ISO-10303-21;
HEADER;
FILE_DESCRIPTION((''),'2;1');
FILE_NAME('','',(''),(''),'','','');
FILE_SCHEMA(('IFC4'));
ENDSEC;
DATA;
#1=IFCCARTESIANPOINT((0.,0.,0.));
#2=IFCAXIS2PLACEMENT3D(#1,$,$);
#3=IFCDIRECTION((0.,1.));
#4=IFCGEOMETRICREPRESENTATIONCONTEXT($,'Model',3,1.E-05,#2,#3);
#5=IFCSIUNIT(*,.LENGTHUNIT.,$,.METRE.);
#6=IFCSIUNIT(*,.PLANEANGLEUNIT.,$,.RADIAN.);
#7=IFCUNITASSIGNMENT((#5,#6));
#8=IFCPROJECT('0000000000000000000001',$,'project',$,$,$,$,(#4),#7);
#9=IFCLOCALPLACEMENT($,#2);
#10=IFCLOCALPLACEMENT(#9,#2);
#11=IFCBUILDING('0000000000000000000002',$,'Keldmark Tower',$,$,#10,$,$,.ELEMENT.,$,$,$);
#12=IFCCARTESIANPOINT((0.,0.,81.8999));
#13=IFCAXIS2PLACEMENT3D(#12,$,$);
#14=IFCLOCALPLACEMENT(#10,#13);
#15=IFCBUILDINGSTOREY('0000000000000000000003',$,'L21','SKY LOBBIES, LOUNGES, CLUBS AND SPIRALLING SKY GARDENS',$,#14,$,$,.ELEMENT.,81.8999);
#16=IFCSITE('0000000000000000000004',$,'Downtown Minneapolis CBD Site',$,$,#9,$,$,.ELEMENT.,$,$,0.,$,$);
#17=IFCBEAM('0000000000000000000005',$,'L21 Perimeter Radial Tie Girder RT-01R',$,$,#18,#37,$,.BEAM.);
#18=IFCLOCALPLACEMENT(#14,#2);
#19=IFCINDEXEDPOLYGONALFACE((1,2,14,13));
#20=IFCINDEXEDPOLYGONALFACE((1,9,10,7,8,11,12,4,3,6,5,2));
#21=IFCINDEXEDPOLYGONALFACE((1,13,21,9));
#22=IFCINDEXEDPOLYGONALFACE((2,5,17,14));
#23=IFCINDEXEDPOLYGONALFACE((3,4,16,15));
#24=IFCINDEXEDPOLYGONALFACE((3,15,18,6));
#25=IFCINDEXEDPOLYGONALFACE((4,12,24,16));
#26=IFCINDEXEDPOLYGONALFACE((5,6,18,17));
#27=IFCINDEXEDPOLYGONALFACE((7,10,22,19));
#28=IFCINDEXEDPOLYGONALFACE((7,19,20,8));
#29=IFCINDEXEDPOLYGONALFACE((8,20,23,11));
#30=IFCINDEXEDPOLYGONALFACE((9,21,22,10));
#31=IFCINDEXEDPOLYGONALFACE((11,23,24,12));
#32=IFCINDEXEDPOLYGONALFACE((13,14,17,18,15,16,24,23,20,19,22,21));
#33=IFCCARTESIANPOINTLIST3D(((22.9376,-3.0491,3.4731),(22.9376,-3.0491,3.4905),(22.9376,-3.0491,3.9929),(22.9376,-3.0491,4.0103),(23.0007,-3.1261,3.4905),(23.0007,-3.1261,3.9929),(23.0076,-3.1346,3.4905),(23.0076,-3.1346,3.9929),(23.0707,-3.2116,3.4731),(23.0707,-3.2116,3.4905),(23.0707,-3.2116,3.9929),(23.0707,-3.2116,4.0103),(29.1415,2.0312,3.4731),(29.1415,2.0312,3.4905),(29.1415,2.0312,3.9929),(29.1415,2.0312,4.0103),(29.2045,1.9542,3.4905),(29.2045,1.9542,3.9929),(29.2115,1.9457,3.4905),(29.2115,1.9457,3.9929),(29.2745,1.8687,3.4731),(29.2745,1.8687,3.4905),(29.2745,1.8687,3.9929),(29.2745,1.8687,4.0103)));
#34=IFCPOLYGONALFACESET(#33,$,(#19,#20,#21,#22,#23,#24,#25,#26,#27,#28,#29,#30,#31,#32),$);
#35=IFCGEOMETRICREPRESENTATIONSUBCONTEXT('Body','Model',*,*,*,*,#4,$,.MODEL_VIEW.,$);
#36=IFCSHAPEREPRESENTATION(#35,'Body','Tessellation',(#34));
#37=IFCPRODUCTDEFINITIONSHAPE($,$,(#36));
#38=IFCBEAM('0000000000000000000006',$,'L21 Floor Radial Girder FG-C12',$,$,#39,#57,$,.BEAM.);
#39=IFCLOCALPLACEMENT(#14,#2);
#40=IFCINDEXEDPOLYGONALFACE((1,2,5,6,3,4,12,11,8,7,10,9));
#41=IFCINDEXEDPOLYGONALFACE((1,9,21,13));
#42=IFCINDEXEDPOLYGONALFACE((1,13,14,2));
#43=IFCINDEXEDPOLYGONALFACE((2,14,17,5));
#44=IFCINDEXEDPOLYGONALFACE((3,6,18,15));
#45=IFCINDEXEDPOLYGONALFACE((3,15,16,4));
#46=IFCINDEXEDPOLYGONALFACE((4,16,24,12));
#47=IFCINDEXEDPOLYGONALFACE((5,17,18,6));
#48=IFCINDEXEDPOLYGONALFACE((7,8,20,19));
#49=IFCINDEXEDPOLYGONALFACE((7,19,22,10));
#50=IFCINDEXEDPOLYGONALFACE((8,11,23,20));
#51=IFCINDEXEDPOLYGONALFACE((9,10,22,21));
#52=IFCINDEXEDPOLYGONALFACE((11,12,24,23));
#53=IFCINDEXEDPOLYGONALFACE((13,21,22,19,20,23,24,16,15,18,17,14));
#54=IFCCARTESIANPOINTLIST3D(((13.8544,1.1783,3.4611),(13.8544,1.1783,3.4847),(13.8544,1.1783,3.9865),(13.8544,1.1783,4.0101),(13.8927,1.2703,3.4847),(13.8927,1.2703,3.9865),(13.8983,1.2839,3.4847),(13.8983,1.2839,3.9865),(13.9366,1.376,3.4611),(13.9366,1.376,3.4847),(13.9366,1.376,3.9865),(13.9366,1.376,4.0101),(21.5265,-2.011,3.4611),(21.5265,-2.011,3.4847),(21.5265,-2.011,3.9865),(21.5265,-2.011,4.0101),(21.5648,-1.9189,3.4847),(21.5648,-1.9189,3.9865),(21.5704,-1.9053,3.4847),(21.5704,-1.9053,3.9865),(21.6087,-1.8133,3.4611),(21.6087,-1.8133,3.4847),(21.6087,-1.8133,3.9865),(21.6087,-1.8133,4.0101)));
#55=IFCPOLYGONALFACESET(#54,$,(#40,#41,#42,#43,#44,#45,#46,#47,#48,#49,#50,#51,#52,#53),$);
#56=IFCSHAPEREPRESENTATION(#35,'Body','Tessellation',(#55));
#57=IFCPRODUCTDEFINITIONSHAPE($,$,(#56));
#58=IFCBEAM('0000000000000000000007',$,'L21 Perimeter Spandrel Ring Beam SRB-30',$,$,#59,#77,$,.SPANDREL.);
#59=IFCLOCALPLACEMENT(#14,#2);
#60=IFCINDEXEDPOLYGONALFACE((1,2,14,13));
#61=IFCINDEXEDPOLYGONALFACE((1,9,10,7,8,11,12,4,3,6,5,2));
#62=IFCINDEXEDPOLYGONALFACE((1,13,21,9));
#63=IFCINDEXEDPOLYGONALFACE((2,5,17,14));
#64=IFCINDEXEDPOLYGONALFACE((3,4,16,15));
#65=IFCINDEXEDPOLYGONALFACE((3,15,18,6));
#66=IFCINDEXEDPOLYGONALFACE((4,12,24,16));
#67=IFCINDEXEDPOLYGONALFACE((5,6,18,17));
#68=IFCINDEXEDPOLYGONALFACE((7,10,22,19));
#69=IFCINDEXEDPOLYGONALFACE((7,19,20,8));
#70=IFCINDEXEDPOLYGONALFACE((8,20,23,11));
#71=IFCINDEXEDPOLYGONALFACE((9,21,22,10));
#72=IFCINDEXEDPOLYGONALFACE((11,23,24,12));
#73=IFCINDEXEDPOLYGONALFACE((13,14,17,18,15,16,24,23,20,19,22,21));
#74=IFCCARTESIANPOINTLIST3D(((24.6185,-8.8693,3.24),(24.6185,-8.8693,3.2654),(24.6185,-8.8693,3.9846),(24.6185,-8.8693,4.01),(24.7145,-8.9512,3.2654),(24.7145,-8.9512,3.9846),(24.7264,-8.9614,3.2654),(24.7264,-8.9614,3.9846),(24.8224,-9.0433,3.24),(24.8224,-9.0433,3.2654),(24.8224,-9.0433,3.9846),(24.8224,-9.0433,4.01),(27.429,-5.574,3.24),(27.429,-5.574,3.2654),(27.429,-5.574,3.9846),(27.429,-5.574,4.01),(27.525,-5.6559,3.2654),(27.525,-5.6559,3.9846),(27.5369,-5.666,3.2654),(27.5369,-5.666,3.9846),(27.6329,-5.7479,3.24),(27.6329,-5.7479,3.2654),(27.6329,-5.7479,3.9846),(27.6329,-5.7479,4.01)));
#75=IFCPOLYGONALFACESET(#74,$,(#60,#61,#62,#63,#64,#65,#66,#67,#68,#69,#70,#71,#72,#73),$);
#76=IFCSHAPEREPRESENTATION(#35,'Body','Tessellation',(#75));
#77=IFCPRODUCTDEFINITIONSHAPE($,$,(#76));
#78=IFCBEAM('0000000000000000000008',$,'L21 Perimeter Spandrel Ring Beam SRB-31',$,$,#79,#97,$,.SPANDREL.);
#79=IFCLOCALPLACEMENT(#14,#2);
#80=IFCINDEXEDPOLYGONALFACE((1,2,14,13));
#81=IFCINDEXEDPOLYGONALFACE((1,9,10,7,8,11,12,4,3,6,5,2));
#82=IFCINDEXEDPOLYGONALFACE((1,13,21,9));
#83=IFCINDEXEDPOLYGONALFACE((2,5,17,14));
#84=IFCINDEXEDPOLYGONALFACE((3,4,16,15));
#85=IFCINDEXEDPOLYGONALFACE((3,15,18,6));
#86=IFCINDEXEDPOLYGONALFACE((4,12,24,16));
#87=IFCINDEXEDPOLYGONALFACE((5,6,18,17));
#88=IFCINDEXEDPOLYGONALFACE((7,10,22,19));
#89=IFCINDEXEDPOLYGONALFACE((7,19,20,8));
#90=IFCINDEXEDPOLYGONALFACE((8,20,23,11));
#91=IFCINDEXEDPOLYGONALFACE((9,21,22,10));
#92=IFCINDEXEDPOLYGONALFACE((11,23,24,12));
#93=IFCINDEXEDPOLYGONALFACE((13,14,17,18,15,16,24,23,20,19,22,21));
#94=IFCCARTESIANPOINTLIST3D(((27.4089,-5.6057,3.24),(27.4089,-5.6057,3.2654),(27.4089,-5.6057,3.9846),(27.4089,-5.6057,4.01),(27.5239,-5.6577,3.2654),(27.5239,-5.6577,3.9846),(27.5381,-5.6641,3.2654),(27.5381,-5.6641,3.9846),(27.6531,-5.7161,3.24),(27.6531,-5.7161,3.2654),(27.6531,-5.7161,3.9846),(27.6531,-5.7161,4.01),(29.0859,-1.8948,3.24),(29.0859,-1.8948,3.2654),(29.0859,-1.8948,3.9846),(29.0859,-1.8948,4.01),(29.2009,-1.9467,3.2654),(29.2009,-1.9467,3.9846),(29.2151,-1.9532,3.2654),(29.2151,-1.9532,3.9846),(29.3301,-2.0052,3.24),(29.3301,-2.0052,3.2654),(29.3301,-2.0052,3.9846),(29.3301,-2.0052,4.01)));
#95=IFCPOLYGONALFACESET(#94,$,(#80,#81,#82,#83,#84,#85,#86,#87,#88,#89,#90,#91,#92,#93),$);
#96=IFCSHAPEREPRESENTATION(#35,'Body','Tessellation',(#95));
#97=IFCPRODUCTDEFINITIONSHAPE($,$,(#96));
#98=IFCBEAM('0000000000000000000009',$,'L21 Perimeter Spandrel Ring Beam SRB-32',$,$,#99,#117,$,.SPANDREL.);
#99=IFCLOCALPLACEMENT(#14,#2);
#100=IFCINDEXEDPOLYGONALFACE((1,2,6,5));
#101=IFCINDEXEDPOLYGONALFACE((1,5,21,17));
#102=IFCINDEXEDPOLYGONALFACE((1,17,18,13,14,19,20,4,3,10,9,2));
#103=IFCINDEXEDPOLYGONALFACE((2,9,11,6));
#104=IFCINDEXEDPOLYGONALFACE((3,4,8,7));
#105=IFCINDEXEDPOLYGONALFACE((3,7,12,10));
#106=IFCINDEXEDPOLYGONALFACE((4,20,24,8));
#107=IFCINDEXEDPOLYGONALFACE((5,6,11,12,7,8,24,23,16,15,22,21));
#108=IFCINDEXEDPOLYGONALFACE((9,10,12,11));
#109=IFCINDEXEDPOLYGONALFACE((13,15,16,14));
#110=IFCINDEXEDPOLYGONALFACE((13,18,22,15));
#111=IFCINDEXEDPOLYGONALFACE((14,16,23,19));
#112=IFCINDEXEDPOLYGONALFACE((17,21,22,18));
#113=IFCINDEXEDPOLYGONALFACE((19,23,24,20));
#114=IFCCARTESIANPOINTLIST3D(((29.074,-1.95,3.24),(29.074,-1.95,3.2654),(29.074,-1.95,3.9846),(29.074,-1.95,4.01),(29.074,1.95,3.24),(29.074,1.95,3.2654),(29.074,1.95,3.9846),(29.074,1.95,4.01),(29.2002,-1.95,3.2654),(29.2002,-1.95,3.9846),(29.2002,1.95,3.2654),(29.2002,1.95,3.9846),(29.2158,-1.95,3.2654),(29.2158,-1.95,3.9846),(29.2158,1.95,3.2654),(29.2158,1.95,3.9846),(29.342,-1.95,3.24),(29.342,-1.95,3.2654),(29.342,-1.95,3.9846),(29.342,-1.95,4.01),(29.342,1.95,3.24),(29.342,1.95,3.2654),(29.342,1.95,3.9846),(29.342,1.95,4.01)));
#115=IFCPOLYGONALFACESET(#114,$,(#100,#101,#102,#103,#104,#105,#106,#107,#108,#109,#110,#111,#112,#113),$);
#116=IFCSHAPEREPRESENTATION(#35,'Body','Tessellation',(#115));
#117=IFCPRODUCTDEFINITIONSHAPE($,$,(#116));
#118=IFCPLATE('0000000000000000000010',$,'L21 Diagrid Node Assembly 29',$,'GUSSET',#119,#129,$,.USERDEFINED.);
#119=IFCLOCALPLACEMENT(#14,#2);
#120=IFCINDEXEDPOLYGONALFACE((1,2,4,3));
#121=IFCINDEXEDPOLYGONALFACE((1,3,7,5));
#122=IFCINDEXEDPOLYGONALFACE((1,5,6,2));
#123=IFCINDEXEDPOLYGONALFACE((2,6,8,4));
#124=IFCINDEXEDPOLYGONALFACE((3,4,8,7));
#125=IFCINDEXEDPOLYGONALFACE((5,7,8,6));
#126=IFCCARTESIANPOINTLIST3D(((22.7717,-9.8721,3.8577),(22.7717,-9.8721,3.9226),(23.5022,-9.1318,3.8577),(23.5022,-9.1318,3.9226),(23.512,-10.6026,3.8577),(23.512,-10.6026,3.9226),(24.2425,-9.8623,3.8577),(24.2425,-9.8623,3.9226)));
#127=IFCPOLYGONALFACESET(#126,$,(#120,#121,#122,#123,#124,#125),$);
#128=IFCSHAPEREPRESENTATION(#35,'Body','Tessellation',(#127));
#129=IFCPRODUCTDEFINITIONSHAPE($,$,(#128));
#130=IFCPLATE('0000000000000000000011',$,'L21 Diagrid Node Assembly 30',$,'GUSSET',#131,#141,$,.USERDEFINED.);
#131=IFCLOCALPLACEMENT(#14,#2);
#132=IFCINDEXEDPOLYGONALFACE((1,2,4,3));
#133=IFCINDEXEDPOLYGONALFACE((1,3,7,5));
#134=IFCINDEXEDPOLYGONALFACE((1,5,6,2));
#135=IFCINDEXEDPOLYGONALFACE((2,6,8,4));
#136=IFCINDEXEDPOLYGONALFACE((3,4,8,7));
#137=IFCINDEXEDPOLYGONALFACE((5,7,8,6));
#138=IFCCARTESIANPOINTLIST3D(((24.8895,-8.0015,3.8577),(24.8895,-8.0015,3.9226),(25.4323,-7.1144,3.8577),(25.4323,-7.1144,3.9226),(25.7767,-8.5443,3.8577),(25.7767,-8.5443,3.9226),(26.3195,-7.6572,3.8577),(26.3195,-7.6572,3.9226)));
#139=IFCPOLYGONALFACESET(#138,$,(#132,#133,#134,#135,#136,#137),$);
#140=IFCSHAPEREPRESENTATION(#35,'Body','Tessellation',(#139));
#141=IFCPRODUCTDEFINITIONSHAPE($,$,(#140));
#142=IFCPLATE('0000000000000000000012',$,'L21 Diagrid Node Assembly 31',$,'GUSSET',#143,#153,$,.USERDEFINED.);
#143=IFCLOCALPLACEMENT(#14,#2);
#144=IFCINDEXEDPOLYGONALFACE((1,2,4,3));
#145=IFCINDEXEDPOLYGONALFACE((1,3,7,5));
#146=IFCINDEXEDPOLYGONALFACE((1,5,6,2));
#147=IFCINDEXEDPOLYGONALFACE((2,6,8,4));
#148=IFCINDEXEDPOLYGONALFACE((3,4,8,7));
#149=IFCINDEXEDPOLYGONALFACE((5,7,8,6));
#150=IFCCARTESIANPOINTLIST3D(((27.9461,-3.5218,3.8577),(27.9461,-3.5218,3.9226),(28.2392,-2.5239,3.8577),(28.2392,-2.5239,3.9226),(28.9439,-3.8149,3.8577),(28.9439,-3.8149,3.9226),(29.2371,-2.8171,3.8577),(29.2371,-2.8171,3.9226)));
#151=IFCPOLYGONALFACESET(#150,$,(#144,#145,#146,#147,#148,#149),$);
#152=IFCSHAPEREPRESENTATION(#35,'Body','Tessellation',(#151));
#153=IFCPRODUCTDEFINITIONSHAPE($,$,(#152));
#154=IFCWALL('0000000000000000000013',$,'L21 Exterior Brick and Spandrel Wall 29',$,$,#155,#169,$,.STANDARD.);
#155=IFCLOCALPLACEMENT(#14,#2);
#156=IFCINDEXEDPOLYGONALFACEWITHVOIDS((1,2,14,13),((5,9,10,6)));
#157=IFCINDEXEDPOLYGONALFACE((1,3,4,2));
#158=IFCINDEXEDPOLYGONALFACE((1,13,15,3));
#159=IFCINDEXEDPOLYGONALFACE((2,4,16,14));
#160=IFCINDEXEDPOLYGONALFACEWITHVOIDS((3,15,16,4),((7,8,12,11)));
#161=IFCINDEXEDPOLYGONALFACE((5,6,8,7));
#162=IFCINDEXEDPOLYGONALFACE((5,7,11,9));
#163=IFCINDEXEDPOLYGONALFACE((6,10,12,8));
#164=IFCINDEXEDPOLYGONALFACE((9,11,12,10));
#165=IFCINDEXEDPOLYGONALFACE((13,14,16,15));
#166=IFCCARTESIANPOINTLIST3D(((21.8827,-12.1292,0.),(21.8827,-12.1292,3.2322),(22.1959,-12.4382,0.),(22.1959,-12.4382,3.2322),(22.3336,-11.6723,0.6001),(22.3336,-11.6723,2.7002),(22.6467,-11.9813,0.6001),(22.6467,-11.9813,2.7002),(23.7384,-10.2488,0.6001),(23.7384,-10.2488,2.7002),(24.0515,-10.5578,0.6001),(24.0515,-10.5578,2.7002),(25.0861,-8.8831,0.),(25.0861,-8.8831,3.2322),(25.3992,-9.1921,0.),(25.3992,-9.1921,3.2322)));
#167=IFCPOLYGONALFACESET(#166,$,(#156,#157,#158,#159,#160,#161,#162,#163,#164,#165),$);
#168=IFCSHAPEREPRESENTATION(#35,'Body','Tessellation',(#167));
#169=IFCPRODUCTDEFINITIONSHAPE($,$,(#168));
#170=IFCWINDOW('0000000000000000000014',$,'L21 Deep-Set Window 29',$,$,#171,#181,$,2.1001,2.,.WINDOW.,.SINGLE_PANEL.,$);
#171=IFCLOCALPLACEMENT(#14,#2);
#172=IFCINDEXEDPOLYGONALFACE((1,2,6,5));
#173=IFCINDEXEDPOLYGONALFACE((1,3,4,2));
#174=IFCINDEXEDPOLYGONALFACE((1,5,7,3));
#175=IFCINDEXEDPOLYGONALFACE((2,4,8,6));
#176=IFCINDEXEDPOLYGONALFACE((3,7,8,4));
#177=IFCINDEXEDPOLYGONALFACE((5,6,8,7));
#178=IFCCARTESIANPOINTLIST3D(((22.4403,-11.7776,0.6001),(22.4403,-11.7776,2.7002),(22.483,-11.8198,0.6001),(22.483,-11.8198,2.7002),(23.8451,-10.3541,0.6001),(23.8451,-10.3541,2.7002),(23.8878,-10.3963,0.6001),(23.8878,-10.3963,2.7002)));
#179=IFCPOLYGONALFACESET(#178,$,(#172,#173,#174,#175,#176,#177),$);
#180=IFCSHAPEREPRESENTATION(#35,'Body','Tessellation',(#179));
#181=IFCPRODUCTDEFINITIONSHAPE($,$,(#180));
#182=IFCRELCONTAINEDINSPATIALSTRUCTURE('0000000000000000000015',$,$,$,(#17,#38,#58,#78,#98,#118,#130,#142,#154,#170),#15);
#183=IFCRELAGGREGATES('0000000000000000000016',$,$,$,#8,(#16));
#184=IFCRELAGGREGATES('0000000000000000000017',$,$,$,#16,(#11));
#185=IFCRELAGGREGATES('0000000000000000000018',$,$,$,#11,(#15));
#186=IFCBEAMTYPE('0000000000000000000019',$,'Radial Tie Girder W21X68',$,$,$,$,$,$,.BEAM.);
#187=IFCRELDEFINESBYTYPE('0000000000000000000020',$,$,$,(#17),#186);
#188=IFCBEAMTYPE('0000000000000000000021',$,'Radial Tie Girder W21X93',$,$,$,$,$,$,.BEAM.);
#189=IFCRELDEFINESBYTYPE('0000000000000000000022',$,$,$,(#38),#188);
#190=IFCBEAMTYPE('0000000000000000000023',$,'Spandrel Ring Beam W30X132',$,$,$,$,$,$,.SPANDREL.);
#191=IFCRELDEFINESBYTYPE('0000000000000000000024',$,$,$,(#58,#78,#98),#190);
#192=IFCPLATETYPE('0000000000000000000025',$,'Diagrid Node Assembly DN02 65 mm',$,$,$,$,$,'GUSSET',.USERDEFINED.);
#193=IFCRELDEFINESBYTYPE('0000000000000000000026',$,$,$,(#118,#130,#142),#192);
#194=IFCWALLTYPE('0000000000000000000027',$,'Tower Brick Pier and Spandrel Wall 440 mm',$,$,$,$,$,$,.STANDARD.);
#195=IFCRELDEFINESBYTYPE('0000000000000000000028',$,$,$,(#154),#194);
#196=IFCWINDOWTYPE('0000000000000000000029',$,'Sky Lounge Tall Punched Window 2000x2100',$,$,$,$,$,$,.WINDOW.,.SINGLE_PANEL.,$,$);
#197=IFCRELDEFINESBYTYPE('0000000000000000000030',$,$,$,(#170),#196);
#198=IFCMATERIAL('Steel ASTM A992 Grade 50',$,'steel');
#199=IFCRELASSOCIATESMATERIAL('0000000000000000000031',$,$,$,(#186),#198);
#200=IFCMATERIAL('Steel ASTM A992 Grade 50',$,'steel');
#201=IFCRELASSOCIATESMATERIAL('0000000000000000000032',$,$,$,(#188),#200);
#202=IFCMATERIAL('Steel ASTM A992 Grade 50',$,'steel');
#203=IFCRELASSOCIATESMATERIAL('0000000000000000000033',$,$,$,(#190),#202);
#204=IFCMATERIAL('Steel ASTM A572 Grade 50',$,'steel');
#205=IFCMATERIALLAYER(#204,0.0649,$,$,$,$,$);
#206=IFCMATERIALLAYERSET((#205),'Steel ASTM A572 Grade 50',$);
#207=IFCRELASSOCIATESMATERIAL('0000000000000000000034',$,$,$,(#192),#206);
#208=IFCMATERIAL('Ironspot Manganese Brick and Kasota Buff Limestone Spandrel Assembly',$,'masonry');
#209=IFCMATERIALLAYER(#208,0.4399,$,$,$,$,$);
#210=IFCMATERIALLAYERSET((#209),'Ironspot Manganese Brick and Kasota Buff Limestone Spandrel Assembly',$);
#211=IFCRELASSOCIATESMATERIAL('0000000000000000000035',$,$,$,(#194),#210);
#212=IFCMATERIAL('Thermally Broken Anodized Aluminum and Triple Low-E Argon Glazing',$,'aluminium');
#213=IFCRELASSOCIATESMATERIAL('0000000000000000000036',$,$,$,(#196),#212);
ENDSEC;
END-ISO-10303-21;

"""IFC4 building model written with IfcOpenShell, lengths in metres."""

from ifc_helpers import new_model, si_unit, direction, frame, frame_2d, origin, origin_2d, place, context, subcontext, project, spatial, rectangle, i_section, extrude, material, layer, layer_set, material_profile, profile_set, type_object, element, fill, save


model = new_model("IFC4")

# Units and contexts
model_context = context("Model", 3, precision=1e-05, world=origin(), true_north=direction((0.0, 1.0)))
body_context = subcontext(model_context, "Body", "Model", "MODEL_VIEW")
ifc_project = project(units=[si_unit("LENGTHUNIT", "METRE"), si_unit("PLANEANGLEUNIT", "RADIAN")], contexts=[model_context])

# Site, building, storey
site_placement = place(None, origin())
site = spatial("IfcSite", under=ifc_project, at=site_placement, Name="Downtown Minneapolis CBD Site", CompositionType="ELEMENT", RefElevation=0.0)
building_placement = place(site_placement, origin())
building = spatial("IfcBuilding", under=site, at=building_placement, Name="Keldmark Tower", CompositionType="ELEMENT")
storey_placement = place(building_placement, frame((0.0, 0.0, 81.8999)))
storey = spatial("IfcBuildingStorey", under=building, at=storey_placement, Name="L21", Description="SKY LOBBIES, LOUNGES, CLUBS AND SPIRALLING SKY GARDENS", CompositionType="ELEMENT", Elevation=81.8999)

# Beams
ifc_material_1 = material(Name="Steel ASTM A992 Grade 50", Category="steel")
ifc_material_profile_1 = material_profile(ifc_material_1, i_section(OverallWidth=0.21, OverallDepth=0.5371, WebThickness=0.011, FlangeThickness=0.0173, at=origin_2d()), Name="W21X68")
ifc_profile_set_1 = profile_set([ifc_material_profile_1], Name="Steel ASTM A992 Grade 50")
beam_type_1 = type_object("IfcBeamType", Name="Radial Tie Girder W21X68", PredefinedType="BEAM", material=ifc_profile_set_1)
beam_1_placement = place(storey_placement, frame((23.0042, -3.1304, 3.7417), z_axis=(0.773686, 0.633569, 0.0), x_axis=(-0.633569, 0.773686, 0.0)))
element("IfcBeam", 1, at=beam_1_placement, inside=storey, type_object=beam_type_1, Name="L21 Perimeter Radial Tie Girder RT-01R", PredefinedType="BEAM", context=body_context, shape_type="SweptSolid", body=[
    extrude(i_section(OverallWidth=0.21, OverallDepth=0.5371, WebThickness=0.011, FlangeThickness=0.0173, at=origin_2d()), origin(), (0.0, 0.0, 1.0), 8.0186),
])
ifc_material_2 = material(Name="Steel ASTM A992 Grade 50", Category="steel")
ifc_material_profile_2 = material_profile(ifc_material_2, i_section(OverallWidth=0.2141, OverallDepth=0.5491, WebThickness=0.0146, FlangeThickness=0.0237, at=origin_2d()), Name="W21X93")
ifc_profile_set_2 = profile_set([ifc_material_profile_2], Name="Steel ASTM A992 Grade 50")
beam_type_2 = type_object("IfcBeamType", Name="Radial Tie Girder W21X93", PredefinedType="BEAM", material=ifc_profile_set_2)
beam_2_placement = place(storey_placement, frame((21.5676, -1.9121, 3.7356), z_axis=(-0.923397, 0.383845, 0.0), x_axis=(-0.383845, -0.923397, 0.0)))
element("IfcBeam", 2, at=beam_2_placement, inside=storey, type_object=beam_type_2, Name="L21 Floor Radial Girder FG-C12", PredefinedType="BEAM", context=body_context, shape_type="SweptSolid", body=[
    extrude(i_section(OverallWidth=0.2141, OverallDepth=0.5491, WebThickness=0.0146, FlangeThickness=0.0237, at=origin_2d()), origin(), (0.0, 0.0, 1.0), 8.3086),
])
ifc_material_3 = material(Name="Steel ASTM A992 Grade 50", Category="steel")
ifc_material_profile_3 = material_profile(ifc_material_3, i_section(OverallWidth=0.2681, OverallDepth=0.77, WebThickness=0.0156, FlangeThickness=0.0254, at=origin_2d()), Name="W30X132")
ifc_profile_set_3 = profile_set([ifc_material_profile_3], Name="Steel ASTM A992 Grade 50")
beam_type_3 = type_object("IfcBeamType", Name="Spandrel Ring Beam W30X132", PredefinedType="SPANDREL", material=ifc_profile_set_3)
beam_3_placement = place(storey_placement, frame((24.7205, -8.9563, 3.625), z_axis=(0.648914, 0.760862, 0.0), x_axis=(-0.760862, 0.648914, 0.0)))
element("IfcBeam", 3, at=beam_3_placement, inside=storey, type_object=beam_type_3, Name="L21 Perimeter Spandrel Ring Beam SRB-30", PredefinedType="SPANDREL", context=body_context, shape_type="SweptSolid", body=[
    extrude(i_section(OverallWidth=0.2681, OverallDepth=0.77, WebThickness=0.0156, FlangeThickness=0.0254, at=origin_2d()), origin(), (0.0, 0.0, 1.0), 4.3311),
])
beam_4_placement = place(storey_placement, frame((27.531, -5.6609, 3.625), z_axis=(0.41181, 0.91127, 0.0), x_axis=(-0.91127, 0.41181, 0.0)))
element("IfcBeam", 4, at=beam_4_placement, inside=storey, type_object=beam_type_3, Name="L21 Perimeter Spandrel Ring Beam SRB-31", PredefinedType="SPANDREL", context=body_context, shape_type="SweptSolid", body=[
    extrude(i_section(OverallWidth=0.2681, OverallDepth=0.77, WebThickness=0.0156, FlangeThickness=0.0254, at=origin_2d()), origin(), (0.0, 0.0, 1.0), 4.0723),
])
beam_5_placement = place(storey_placement, frame((29.208, -1.95, 3.625), z_axis=(0.0, 1.0, 0.0), x_axis=(-1.0, 0.0, 0.0)))
element("IfcBeam", 5, at=beam_5_placement, inside=storey, type_object=beam_type_3, Name="L21 Perimeter Spandrel Ring Beam SRB-32", PredefinedType="SPANDREL", context=body_context, shape_type="SweptSolid", body=[
    extrude(i_section(OverallWidth=0.2681, OverallDepth=0.77, WebThickness=0.0156, FlangeThickness=0.0254, at=origin_2d()), origin(), (0.0, 0.0, 1.0), 3.8999),
])

# Plates
ifc_material_4 = material(Name="Steel ASTM A572 Grade 50", Category="steel")
ifc_layer_1 = layer(ifc_material_4, 0.0649)
ifc_layer_set_1 = layer_set([ifc_layer_1], Name="Steel ASTM A572 Grade 50")
plate_type = type_object("IfcPlateType", Name="Diagrid Node Assembly DN02 65 mm", ElementType="GUSSET", PredefinedType="USERDEFINED", material=ifc_layer_set_1)
for number, where, z_axis, x_axis, name in (
    (6, (23.5071, -9.8672, 3.8577), (0.0, 0.0, 1.0), (0.702402, 0.711781, 0.0), "L21 Diagrid Node Assembly 29"),
    (7, (25.6045, -7.8293, 3.8577), (0.0, 0.0, 1.0), (0.521903, 0.853005, 0.0), "L21 Diagrid Node Assembly 30"),
    (8, (28.5916, -3.1694, 3.8577), (0.0, 0.0, 1.0), (0.281839, 0.959462, 0.0), "L21 Diagrid Node Assembly 31"),
):
    element("IfcPlate", number, at=place(storey_placement, frame(where, z_axis=z_axis, x_axis=x_axis)), inside=storey, type_object=plate_type, Name=name, ObjectType="GUSSET", PredefinedType="USERDEFINED", context=body_context, shape_type="SweptSolid", body=[
        extrude(rectangle(XDim=1.04, YDim=1.04, at=origin_2d()), origin(), (0.0, 0.0, 1.0), 0.0649),
    ])

# Wall, opening, window
ifc_material_5 = material(Name="Ironspot Manganese Brick and Kasota Buff Limestone Spandrel Assembly", Category="masonry")
ifc_layer_2 = layer(ifc_material_5, 0.4399)
ifc_layer_set_2 = layer_set([ifc_layer_2], Name="Ironspot Manganese Brick and Kasota Buff Limestone Spandrel Assembly")
wall_type = type_object("IfcWallType", Name="Tower Brick Pier and Spandrel Wall 440 mm", PredefinedType="STANDARD", material=ifc_layer_set_2)
wall_1_placement = place(storey_placement, frame((25.2427, -9.0376, 0.0), z_axis=(0.0, 0.0, 1.0), x_axis=(-0.702407, -0.711775, 0.0)))
wall_1 = element("IfcWall", 9, at=wall_1_placement, inside=storey, type_object=wall_type, Name="L21 Exterior Brick and Spandrel Wall 29", PredefinedType="STANDARD", context=body_context, shape_type="SweptSolid", body=[
    extrude(rectangle(XDim=4.5605, YDim=0.4399, at=frame_2d((2.2803, 0.0))), origin(), (0.0, 0.0, 1.0), 3.2322),
])
opening_1_placement = place(wall_1_placement, frame((1.9187, 0.0, 0.6001)))
opening_1 = element("IfcOpeningElement", 10, at=opening_1_placement, cuts=wall_1, PredefinedType="OPENING", context=body_context, shape_type="SweptSolid", body=[
    extrude(rectangle(XDim=2.0, YDim=2.1001, at=frame_2d((1.0, 1.05))), frame((0.0, 0.23, 0.0), z_axis=(0.0, -1.0, 0.0), x_axis=(1.0, 0.0, 0.0)), (0.0, 0.0, 1.0), 0.46),
])
ifc_material_6 = material(Name="Thermally Broken Anodized Aluminum and Triple Low-E Argon Glazing", Category="aluminium")
window_type = type_object("IfcWindowType", Name="Sky Lounge Tall Punched Window 2000x2100", PartitioningType="SINGLE_PANEL", PredefinedType="WINDOW", material=ifc_material_6)
window_1_placement = place(opening_1_placement, origin())
window_1 = element("IfcWindow", 11, at=window_1_placement, inside=storey, type_object=window_type, Name="L21 Deep-Set Window 29", OverallHeight=2.1001, OverallWidth=2.0, PartitioningType="SINGLE_PANEL", PredefinedType="WINDOW", context=body_context, shape_type="SweptSolid", body=[
    extrude(rectangle(XDim=2.0, YDim=2.1001, at=frame_2d((1.0, 1.05))), frame((0.0, -0.01, 0.0), z_axis=(0.0, -1.0, 0.0), x_axis=(1.0, 0.0, 0.0)), (0.0, 0.0, 1.0), 0.0601),
])
fill(opening_1, window_1)

save(model, "model.ifc")
